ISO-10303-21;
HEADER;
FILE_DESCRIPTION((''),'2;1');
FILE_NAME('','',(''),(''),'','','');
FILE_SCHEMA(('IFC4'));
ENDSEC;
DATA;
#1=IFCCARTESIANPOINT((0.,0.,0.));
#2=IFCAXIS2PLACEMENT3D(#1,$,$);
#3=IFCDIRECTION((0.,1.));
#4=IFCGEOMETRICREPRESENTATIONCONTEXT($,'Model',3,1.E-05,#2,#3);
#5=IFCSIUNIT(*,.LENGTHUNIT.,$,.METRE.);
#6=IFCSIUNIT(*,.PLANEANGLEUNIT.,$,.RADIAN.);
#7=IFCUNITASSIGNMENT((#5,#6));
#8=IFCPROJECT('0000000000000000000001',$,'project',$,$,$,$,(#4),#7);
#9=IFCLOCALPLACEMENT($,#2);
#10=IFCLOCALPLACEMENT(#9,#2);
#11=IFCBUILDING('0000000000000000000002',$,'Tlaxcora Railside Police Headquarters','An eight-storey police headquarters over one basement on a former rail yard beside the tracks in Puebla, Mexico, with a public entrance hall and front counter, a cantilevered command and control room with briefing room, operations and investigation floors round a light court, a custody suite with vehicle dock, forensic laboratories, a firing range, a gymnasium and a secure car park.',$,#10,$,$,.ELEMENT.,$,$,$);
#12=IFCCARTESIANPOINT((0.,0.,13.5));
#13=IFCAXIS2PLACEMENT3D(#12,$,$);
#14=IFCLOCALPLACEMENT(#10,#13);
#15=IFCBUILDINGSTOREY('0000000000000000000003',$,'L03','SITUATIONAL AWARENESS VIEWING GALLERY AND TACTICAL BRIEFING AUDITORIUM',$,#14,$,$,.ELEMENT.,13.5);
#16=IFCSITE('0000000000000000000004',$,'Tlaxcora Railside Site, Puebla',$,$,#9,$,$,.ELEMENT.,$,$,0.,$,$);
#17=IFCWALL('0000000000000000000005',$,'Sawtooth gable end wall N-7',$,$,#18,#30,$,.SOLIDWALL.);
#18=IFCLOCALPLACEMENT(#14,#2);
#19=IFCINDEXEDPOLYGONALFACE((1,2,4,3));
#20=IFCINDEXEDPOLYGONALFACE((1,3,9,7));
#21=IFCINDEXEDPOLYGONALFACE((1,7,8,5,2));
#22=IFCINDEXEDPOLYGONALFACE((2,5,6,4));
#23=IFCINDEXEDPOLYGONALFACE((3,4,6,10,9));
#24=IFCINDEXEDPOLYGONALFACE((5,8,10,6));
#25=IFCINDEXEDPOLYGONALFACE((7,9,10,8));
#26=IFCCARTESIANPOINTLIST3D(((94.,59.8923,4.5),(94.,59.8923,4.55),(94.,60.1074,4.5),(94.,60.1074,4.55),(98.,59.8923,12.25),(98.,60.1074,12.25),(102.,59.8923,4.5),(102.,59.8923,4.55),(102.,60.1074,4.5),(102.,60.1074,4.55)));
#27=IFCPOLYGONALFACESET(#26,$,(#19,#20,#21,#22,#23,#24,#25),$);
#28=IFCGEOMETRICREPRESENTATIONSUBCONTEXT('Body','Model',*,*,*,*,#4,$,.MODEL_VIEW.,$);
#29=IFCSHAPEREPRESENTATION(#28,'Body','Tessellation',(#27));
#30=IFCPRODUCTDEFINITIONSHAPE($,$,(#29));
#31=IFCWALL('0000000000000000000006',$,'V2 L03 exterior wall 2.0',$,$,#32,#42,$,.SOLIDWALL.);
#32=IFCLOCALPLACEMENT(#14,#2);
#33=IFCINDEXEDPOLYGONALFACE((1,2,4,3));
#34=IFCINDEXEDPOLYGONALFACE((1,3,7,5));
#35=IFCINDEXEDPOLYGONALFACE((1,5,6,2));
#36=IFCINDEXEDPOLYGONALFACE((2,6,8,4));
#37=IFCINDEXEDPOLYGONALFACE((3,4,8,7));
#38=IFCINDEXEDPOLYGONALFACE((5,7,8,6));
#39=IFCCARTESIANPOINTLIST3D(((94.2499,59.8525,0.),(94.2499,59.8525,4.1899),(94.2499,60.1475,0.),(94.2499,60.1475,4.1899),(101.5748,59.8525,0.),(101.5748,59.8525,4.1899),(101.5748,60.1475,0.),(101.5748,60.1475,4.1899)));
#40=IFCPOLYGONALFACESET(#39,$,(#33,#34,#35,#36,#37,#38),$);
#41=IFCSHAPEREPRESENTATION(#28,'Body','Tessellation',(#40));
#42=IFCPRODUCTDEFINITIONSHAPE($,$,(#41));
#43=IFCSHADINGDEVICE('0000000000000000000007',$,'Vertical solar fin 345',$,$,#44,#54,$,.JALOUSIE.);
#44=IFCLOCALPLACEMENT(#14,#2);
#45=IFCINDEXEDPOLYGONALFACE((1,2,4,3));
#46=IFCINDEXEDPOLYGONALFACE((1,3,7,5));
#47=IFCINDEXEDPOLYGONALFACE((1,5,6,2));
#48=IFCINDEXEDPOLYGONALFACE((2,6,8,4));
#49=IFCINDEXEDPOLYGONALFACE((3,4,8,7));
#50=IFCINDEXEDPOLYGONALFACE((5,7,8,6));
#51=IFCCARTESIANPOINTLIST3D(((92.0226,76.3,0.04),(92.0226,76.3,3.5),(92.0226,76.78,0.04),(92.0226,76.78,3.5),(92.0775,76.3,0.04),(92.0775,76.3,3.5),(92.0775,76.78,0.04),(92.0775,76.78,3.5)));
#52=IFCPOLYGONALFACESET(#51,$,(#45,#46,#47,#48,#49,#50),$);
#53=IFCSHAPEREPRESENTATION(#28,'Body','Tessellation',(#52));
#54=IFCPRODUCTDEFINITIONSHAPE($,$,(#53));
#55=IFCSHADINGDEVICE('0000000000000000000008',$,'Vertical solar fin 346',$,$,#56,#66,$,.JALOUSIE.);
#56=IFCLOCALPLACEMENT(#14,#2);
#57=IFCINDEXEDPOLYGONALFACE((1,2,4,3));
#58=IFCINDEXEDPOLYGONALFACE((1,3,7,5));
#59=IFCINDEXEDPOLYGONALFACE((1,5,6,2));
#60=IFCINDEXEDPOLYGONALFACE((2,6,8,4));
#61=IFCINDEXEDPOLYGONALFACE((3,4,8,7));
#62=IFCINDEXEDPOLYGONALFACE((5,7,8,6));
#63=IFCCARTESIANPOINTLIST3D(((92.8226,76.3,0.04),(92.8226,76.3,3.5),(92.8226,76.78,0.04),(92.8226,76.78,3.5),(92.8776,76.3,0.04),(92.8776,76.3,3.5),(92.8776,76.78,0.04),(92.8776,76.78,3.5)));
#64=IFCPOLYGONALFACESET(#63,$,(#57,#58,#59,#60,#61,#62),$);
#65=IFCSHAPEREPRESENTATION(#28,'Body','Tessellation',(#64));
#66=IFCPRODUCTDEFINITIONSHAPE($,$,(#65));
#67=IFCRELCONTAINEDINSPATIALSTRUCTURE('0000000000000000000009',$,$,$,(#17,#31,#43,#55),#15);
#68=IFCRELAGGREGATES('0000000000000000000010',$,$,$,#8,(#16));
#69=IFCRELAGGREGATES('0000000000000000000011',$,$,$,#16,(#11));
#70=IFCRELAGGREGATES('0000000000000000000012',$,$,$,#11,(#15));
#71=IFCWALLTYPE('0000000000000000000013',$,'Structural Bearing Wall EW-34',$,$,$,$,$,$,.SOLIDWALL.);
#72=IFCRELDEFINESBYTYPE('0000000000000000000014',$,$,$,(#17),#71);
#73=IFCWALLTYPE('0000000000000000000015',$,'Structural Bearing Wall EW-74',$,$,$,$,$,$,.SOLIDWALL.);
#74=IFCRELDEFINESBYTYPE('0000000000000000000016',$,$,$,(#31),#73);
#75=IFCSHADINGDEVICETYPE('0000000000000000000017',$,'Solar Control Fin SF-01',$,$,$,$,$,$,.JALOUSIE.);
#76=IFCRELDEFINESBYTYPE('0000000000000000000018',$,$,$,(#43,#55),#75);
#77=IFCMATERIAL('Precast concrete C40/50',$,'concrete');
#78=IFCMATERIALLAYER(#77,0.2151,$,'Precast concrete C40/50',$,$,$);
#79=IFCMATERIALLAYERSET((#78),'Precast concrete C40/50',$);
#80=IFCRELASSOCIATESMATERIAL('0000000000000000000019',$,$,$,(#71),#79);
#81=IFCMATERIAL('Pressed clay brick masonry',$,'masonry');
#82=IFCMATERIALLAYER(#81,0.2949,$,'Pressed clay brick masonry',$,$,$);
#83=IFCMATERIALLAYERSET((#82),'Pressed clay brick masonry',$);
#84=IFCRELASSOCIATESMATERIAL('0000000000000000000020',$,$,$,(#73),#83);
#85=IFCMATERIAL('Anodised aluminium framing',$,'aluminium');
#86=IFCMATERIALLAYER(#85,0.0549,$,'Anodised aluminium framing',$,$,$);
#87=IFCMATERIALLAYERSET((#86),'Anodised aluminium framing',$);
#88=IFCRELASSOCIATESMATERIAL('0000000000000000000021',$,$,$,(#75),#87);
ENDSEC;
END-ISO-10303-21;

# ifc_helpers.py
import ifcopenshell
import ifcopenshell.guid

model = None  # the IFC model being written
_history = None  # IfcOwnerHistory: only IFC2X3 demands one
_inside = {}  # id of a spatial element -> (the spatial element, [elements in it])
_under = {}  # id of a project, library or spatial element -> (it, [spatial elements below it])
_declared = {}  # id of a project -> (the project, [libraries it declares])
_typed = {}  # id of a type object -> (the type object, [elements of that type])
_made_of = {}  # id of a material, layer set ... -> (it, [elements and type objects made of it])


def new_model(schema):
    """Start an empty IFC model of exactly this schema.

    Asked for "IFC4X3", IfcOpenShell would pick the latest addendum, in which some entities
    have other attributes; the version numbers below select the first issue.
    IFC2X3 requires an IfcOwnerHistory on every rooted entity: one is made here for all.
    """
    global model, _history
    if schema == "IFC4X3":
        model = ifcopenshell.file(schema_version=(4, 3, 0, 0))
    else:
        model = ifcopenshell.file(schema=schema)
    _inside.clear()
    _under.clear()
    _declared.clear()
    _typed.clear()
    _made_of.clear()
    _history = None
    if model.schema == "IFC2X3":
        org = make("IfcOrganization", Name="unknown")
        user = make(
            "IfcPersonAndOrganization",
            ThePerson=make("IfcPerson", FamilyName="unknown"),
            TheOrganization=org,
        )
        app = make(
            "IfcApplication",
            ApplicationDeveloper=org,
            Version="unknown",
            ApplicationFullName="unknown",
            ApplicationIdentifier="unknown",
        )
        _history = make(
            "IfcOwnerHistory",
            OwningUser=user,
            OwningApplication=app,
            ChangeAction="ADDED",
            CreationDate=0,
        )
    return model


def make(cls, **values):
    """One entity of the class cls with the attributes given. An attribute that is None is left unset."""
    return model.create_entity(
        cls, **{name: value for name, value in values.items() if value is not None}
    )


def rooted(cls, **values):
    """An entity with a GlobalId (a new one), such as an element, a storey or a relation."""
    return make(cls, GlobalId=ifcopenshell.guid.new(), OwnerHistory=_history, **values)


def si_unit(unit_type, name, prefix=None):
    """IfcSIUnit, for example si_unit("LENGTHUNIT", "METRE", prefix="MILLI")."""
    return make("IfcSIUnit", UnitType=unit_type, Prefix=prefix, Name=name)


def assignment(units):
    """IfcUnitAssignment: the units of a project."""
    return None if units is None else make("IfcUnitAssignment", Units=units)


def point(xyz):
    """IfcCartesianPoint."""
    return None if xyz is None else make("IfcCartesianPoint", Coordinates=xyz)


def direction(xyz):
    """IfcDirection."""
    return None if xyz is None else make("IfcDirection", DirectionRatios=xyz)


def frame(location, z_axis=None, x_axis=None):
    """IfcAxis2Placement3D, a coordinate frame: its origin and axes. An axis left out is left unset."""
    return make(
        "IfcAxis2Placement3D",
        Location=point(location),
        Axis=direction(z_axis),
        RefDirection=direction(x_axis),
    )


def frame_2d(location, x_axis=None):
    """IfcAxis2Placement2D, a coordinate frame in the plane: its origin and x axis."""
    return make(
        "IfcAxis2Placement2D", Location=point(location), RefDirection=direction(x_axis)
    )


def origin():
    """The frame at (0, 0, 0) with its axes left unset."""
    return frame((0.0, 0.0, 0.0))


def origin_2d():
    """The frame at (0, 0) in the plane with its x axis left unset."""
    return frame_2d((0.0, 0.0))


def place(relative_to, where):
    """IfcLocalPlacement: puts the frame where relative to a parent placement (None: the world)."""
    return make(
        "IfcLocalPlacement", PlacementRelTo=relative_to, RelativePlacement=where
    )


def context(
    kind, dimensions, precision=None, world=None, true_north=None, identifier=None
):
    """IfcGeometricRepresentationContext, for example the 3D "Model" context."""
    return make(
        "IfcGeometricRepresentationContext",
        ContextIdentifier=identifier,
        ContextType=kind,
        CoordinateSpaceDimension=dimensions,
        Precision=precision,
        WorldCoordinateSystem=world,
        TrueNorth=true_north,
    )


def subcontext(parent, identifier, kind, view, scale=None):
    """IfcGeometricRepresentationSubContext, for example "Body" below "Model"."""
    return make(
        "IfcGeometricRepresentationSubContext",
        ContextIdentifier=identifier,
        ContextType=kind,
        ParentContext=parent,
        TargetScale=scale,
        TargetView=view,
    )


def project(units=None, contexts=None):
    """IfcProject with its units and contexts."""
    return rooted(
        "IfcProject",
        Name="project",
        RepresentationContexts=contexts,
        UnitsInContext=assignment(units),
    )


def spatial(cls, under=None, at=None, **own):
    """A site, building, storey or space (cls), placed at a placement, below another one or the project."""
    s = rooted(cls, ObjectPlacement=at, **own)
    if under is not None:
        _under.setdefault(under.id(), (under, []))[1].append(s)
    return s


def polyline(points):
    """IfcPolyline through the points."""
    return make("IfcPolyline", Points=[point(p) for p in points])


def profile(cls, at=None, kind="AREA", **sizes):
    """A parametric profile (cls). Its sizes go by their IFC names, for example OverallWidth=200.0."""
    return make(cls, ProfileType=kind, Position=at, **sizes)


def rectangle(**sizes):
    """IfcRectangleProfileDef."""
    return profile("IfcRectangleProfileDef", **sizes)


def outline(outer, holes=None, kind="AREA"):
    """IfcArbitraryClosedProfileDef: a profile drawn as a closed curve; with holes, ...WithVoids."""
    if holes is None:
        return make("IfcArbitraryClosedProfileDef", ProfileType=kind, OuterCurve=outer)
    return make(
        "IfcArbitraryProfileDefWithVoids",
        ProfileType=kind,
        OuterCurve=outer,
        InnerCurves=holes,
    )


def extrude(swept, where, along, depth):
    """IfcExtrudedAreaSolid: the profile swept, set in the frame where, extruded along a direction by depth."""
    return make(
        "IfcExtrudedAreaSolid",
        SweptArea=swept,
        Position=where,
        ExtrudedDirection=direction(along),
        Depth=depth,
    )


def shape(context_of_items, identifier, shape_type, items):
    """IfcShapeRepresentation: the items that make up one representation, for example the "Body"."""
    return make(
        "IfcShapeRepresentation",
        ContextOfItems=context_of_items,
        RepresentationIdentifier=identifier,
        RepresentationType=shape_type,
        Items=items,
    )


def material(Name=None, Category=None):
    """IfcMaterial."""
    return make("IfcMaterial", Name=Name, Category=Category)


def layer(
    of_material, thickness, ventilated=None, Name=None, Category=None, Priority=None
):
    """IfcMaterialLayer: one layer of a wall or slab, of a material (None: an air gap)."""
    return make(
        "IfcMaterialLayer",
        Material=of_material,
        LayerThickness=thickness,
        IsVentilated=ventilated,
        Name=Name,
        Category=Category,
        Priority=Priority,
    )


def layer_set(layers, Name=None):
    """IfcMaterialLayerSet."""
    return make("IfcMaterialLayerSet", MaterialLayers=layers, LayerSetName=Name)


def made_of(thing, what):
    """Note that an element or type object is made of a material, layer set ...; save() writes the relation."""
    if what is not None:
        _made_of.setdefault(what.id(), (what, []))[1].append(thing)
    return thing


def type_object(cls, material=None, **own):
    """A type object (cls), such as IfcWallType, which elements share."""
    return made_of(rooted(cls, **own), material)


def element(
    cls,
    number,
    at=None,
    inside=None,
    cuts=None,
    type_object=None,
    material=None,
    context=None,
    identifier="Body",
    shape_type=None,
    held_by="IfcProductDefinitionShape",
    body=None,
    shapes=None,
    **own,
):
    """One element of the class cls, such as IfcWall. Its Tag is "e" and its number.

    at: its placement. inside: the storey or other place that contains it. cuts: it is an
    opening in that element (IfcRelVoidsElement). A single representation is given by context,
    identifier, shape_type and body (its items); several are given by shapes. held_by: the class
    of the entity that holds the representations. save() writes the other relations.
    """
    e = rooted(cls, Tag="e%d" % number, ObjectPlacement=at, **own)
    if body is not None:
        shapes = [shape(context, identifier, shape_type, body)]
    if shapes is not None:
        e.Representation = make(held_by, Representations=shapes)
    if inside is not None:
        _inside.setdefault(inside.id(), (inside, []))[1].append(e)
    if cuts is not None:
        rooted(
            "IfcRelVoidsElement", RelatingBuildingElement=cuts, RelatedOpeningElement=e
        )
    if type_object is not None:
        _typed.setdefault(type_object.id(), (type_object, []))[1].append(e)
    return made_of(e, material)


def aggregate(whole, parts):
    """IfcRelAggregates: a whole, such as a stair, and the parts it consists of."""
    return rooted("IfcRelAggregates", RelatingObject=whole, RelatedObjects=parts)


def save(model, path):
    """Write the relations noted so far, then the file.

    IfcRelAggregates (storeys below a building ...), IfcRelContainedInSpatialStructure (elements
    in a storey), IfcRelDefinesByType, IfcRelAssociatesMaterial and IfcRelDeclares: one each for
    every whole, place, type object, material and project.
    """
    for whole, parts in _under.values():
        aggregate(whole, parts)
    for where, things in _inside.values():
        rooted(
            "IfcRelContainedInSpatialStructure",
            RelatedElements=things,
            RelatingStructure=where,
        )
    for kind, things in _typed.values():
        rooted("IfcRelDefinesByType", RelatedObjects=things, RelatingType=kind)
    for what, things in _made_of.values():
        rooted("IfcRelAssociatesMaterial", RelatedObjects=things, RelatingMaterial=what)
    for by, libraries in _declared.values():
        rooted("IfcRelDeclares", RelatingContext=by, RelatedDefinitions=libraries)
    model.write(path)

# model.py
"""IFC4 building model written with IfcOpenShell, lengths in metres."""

from ifc_helpers import new_model, si_unit, direction, frame, frame_2d, origin, origin_2d, place, context, subcontext, project, spatial, polyline, rectangle, outline, extrude, material, layer, layer_set, type_object, element, save


model = new_model("IFC4")

# Units and contexts
model_context = context("Model", 3, precision=1e-05, world=origin(), true_north=direction((0.0, 1.0)))
body_context = subcontext(model_context, "Body", "Model", "MODEL_VIEW")
ifc_project = project(units=[si_unit("LENGTHUNIT", "METRE"), si_unit("PLANEANGLEUNIT", "RADIAN")], contexts=[model_context])

# Site, building, storey
site_placement = place(None, origin())
site = spatial("IfcSite", under=ifc_project, at=site_placement, Name="Tlaxcora Railside Site, Puebla", CompositionType="ELEMENT", RefElevation=0.0)
building_placement = place(site_placement, origin())
building = spatial("IfcBuilding", under=site, at=building_placement, Name="Tlaxcora Railside Police Headquarters", Description="An eight-storey police headquarters over one basement on a former rail yard beside the tracks in Puebla, Mexico, with a public entrance hall and front counter, a cantilevered command and control room with briefing room, operations and investigation floors round a light court, a custody suite with vehicle dock, forensic laboratories, a firing range, a gymnasium and a secure car park.", CompositionType="ELEMENT")
storey_placement = place(building_placement, frame((0.0, 0.0, 13.5)))
storey = spatial("IfcBuildingStorey", under=building, at=storey_placement, Name="L03", Description="SITUATIONAL AWARENESS VIEWING GALLERY AND TACTICAL BRIEFING AUDITORIUM", CompositionType="ELEMENT", Elevation=13.5)

# Shared definitions
ifc_material_1 = material(Name="Anodised aluminium framing", Category="aluminium")

# Walls
ifc_material_2 = material(Name="Precast concrete C40/50", Category="concrete")
ifc_layer_1 = layer(ifc_material_2, 0.2151, Name="Precast concrete C40/50")
ifc_layer_set_1 = layer_set([ifc_layer_1], Name="Precast concrete C40/50")
wall_type_1 = type_object("IfcWallType", Name="Structural Bearing Wall EW-34", PredefinedType="SOLIDWALL", material=ifc_layer_set_1)
wall_1_placement = place(storey_placement, frame((94.0, 60.0, 4.5), z_axis=(0.0, 0.0, 1.0), x_axis=(1.0, 0.0, 0.0)))
element("IfcWall", 1, at=wall_1_placement, inside=storey, type_object=wall_type_1, Name="Sawtooth gable end wall N-7", PredefinedType="SOLIDWALL", context=body_context, shape_type="SweptSolid", body=[
    extrude(outline(polyline([(0.0, 0.0), (8.0, 0.0), (8.0, 0.05), (4.0, 7.75), (0.0, 0.05), (0.0, 0.0)])), frame((0.0, 0.1074, 0.0), z_axis=(0.0, -1.0, 0.0), x_axis=(1.0, 0.0, 0.0)), (0.0, 0.0, 1.0), 0.2151),
])
ifc_material_3 = material(Name="Pressed clay brick masonry", Category="masonry")
ifc_layer_2 = layer(ifc_material_3, 0.2949, Name="Pressed clay brick masonry")
ifc_layer_set_2 = layer_set([ifc_layer_2], Name="Pressed clay brick masonry")
wall_type_2 = type_object("IfcWallType", Name="Structural Bearing Wall EW-74", PredefinedType="SOLIDWALL", material=ifc_layer_set_2)
wall_2_placement = place(storey_placement, frame((101.575, 60.0, 0.0), z_axis=(0.0, 0.0, 1.0), x_axis=(-1.0, 0.0, 0.0)))
element("IfcWall", 2, at=wall_2_placement, inside=storey, type_object=wall_type_2, Name="V2 L03 exterior wall 2.0", PredefinedType="SOLIDWALL", context=body_context, shape_type="SweptSolid", body=[
    extrude(rectangle(XDim=7.325, YDim=0.2949, at=frame_2d((3.6626, 0.0))), origin(), (0.0, 0.0, 1.0), 4.1899),
])

# Shading devices
ifc_layer_3 = layer(ifc_material_1, 0.0549, Name="Anodised aluminium framing")
ifc_layer_set_3 = layer_set([ifc_layer_3], Name="Anodised aluminium framing")
shading_device_type = type_object("IfcShadingDeviceType", Name="Solar Control Fin SF-01", PredefinedType="JALOUSIE", material=ifc_layer_set_3)
for number, where, z_axis, x_axis, name in (
    (3, (92.05, 76.54, 0.04), (0.0, 0.0, 1.0), (0.0, -1.0, 0.0), "Vertical solar fin 345"),
    (4, (92.8501, 76.54, 0.04), (0.0, 0.0, 1.0), (0.0, -1.0, 0.0), "Vertical solar fin 346"),
):
    element("IfcShadingDevice", number, at=place(storey_placement, frame(where, z_axis=z_axis, x_axis=x_axis)), inside=storey, type_object=shading_device_type, Name=name, PredefinedType="JALOUSIE", context=body_context, shape_type="SweptSolid", body=[
        extrude(rectangle(XDim=0.48, YDim=0.0549, at=origin_2d()), origin(), (0.0, 0.0, 1.0), 3.46),
    ])

save(model, "model.ifc")
